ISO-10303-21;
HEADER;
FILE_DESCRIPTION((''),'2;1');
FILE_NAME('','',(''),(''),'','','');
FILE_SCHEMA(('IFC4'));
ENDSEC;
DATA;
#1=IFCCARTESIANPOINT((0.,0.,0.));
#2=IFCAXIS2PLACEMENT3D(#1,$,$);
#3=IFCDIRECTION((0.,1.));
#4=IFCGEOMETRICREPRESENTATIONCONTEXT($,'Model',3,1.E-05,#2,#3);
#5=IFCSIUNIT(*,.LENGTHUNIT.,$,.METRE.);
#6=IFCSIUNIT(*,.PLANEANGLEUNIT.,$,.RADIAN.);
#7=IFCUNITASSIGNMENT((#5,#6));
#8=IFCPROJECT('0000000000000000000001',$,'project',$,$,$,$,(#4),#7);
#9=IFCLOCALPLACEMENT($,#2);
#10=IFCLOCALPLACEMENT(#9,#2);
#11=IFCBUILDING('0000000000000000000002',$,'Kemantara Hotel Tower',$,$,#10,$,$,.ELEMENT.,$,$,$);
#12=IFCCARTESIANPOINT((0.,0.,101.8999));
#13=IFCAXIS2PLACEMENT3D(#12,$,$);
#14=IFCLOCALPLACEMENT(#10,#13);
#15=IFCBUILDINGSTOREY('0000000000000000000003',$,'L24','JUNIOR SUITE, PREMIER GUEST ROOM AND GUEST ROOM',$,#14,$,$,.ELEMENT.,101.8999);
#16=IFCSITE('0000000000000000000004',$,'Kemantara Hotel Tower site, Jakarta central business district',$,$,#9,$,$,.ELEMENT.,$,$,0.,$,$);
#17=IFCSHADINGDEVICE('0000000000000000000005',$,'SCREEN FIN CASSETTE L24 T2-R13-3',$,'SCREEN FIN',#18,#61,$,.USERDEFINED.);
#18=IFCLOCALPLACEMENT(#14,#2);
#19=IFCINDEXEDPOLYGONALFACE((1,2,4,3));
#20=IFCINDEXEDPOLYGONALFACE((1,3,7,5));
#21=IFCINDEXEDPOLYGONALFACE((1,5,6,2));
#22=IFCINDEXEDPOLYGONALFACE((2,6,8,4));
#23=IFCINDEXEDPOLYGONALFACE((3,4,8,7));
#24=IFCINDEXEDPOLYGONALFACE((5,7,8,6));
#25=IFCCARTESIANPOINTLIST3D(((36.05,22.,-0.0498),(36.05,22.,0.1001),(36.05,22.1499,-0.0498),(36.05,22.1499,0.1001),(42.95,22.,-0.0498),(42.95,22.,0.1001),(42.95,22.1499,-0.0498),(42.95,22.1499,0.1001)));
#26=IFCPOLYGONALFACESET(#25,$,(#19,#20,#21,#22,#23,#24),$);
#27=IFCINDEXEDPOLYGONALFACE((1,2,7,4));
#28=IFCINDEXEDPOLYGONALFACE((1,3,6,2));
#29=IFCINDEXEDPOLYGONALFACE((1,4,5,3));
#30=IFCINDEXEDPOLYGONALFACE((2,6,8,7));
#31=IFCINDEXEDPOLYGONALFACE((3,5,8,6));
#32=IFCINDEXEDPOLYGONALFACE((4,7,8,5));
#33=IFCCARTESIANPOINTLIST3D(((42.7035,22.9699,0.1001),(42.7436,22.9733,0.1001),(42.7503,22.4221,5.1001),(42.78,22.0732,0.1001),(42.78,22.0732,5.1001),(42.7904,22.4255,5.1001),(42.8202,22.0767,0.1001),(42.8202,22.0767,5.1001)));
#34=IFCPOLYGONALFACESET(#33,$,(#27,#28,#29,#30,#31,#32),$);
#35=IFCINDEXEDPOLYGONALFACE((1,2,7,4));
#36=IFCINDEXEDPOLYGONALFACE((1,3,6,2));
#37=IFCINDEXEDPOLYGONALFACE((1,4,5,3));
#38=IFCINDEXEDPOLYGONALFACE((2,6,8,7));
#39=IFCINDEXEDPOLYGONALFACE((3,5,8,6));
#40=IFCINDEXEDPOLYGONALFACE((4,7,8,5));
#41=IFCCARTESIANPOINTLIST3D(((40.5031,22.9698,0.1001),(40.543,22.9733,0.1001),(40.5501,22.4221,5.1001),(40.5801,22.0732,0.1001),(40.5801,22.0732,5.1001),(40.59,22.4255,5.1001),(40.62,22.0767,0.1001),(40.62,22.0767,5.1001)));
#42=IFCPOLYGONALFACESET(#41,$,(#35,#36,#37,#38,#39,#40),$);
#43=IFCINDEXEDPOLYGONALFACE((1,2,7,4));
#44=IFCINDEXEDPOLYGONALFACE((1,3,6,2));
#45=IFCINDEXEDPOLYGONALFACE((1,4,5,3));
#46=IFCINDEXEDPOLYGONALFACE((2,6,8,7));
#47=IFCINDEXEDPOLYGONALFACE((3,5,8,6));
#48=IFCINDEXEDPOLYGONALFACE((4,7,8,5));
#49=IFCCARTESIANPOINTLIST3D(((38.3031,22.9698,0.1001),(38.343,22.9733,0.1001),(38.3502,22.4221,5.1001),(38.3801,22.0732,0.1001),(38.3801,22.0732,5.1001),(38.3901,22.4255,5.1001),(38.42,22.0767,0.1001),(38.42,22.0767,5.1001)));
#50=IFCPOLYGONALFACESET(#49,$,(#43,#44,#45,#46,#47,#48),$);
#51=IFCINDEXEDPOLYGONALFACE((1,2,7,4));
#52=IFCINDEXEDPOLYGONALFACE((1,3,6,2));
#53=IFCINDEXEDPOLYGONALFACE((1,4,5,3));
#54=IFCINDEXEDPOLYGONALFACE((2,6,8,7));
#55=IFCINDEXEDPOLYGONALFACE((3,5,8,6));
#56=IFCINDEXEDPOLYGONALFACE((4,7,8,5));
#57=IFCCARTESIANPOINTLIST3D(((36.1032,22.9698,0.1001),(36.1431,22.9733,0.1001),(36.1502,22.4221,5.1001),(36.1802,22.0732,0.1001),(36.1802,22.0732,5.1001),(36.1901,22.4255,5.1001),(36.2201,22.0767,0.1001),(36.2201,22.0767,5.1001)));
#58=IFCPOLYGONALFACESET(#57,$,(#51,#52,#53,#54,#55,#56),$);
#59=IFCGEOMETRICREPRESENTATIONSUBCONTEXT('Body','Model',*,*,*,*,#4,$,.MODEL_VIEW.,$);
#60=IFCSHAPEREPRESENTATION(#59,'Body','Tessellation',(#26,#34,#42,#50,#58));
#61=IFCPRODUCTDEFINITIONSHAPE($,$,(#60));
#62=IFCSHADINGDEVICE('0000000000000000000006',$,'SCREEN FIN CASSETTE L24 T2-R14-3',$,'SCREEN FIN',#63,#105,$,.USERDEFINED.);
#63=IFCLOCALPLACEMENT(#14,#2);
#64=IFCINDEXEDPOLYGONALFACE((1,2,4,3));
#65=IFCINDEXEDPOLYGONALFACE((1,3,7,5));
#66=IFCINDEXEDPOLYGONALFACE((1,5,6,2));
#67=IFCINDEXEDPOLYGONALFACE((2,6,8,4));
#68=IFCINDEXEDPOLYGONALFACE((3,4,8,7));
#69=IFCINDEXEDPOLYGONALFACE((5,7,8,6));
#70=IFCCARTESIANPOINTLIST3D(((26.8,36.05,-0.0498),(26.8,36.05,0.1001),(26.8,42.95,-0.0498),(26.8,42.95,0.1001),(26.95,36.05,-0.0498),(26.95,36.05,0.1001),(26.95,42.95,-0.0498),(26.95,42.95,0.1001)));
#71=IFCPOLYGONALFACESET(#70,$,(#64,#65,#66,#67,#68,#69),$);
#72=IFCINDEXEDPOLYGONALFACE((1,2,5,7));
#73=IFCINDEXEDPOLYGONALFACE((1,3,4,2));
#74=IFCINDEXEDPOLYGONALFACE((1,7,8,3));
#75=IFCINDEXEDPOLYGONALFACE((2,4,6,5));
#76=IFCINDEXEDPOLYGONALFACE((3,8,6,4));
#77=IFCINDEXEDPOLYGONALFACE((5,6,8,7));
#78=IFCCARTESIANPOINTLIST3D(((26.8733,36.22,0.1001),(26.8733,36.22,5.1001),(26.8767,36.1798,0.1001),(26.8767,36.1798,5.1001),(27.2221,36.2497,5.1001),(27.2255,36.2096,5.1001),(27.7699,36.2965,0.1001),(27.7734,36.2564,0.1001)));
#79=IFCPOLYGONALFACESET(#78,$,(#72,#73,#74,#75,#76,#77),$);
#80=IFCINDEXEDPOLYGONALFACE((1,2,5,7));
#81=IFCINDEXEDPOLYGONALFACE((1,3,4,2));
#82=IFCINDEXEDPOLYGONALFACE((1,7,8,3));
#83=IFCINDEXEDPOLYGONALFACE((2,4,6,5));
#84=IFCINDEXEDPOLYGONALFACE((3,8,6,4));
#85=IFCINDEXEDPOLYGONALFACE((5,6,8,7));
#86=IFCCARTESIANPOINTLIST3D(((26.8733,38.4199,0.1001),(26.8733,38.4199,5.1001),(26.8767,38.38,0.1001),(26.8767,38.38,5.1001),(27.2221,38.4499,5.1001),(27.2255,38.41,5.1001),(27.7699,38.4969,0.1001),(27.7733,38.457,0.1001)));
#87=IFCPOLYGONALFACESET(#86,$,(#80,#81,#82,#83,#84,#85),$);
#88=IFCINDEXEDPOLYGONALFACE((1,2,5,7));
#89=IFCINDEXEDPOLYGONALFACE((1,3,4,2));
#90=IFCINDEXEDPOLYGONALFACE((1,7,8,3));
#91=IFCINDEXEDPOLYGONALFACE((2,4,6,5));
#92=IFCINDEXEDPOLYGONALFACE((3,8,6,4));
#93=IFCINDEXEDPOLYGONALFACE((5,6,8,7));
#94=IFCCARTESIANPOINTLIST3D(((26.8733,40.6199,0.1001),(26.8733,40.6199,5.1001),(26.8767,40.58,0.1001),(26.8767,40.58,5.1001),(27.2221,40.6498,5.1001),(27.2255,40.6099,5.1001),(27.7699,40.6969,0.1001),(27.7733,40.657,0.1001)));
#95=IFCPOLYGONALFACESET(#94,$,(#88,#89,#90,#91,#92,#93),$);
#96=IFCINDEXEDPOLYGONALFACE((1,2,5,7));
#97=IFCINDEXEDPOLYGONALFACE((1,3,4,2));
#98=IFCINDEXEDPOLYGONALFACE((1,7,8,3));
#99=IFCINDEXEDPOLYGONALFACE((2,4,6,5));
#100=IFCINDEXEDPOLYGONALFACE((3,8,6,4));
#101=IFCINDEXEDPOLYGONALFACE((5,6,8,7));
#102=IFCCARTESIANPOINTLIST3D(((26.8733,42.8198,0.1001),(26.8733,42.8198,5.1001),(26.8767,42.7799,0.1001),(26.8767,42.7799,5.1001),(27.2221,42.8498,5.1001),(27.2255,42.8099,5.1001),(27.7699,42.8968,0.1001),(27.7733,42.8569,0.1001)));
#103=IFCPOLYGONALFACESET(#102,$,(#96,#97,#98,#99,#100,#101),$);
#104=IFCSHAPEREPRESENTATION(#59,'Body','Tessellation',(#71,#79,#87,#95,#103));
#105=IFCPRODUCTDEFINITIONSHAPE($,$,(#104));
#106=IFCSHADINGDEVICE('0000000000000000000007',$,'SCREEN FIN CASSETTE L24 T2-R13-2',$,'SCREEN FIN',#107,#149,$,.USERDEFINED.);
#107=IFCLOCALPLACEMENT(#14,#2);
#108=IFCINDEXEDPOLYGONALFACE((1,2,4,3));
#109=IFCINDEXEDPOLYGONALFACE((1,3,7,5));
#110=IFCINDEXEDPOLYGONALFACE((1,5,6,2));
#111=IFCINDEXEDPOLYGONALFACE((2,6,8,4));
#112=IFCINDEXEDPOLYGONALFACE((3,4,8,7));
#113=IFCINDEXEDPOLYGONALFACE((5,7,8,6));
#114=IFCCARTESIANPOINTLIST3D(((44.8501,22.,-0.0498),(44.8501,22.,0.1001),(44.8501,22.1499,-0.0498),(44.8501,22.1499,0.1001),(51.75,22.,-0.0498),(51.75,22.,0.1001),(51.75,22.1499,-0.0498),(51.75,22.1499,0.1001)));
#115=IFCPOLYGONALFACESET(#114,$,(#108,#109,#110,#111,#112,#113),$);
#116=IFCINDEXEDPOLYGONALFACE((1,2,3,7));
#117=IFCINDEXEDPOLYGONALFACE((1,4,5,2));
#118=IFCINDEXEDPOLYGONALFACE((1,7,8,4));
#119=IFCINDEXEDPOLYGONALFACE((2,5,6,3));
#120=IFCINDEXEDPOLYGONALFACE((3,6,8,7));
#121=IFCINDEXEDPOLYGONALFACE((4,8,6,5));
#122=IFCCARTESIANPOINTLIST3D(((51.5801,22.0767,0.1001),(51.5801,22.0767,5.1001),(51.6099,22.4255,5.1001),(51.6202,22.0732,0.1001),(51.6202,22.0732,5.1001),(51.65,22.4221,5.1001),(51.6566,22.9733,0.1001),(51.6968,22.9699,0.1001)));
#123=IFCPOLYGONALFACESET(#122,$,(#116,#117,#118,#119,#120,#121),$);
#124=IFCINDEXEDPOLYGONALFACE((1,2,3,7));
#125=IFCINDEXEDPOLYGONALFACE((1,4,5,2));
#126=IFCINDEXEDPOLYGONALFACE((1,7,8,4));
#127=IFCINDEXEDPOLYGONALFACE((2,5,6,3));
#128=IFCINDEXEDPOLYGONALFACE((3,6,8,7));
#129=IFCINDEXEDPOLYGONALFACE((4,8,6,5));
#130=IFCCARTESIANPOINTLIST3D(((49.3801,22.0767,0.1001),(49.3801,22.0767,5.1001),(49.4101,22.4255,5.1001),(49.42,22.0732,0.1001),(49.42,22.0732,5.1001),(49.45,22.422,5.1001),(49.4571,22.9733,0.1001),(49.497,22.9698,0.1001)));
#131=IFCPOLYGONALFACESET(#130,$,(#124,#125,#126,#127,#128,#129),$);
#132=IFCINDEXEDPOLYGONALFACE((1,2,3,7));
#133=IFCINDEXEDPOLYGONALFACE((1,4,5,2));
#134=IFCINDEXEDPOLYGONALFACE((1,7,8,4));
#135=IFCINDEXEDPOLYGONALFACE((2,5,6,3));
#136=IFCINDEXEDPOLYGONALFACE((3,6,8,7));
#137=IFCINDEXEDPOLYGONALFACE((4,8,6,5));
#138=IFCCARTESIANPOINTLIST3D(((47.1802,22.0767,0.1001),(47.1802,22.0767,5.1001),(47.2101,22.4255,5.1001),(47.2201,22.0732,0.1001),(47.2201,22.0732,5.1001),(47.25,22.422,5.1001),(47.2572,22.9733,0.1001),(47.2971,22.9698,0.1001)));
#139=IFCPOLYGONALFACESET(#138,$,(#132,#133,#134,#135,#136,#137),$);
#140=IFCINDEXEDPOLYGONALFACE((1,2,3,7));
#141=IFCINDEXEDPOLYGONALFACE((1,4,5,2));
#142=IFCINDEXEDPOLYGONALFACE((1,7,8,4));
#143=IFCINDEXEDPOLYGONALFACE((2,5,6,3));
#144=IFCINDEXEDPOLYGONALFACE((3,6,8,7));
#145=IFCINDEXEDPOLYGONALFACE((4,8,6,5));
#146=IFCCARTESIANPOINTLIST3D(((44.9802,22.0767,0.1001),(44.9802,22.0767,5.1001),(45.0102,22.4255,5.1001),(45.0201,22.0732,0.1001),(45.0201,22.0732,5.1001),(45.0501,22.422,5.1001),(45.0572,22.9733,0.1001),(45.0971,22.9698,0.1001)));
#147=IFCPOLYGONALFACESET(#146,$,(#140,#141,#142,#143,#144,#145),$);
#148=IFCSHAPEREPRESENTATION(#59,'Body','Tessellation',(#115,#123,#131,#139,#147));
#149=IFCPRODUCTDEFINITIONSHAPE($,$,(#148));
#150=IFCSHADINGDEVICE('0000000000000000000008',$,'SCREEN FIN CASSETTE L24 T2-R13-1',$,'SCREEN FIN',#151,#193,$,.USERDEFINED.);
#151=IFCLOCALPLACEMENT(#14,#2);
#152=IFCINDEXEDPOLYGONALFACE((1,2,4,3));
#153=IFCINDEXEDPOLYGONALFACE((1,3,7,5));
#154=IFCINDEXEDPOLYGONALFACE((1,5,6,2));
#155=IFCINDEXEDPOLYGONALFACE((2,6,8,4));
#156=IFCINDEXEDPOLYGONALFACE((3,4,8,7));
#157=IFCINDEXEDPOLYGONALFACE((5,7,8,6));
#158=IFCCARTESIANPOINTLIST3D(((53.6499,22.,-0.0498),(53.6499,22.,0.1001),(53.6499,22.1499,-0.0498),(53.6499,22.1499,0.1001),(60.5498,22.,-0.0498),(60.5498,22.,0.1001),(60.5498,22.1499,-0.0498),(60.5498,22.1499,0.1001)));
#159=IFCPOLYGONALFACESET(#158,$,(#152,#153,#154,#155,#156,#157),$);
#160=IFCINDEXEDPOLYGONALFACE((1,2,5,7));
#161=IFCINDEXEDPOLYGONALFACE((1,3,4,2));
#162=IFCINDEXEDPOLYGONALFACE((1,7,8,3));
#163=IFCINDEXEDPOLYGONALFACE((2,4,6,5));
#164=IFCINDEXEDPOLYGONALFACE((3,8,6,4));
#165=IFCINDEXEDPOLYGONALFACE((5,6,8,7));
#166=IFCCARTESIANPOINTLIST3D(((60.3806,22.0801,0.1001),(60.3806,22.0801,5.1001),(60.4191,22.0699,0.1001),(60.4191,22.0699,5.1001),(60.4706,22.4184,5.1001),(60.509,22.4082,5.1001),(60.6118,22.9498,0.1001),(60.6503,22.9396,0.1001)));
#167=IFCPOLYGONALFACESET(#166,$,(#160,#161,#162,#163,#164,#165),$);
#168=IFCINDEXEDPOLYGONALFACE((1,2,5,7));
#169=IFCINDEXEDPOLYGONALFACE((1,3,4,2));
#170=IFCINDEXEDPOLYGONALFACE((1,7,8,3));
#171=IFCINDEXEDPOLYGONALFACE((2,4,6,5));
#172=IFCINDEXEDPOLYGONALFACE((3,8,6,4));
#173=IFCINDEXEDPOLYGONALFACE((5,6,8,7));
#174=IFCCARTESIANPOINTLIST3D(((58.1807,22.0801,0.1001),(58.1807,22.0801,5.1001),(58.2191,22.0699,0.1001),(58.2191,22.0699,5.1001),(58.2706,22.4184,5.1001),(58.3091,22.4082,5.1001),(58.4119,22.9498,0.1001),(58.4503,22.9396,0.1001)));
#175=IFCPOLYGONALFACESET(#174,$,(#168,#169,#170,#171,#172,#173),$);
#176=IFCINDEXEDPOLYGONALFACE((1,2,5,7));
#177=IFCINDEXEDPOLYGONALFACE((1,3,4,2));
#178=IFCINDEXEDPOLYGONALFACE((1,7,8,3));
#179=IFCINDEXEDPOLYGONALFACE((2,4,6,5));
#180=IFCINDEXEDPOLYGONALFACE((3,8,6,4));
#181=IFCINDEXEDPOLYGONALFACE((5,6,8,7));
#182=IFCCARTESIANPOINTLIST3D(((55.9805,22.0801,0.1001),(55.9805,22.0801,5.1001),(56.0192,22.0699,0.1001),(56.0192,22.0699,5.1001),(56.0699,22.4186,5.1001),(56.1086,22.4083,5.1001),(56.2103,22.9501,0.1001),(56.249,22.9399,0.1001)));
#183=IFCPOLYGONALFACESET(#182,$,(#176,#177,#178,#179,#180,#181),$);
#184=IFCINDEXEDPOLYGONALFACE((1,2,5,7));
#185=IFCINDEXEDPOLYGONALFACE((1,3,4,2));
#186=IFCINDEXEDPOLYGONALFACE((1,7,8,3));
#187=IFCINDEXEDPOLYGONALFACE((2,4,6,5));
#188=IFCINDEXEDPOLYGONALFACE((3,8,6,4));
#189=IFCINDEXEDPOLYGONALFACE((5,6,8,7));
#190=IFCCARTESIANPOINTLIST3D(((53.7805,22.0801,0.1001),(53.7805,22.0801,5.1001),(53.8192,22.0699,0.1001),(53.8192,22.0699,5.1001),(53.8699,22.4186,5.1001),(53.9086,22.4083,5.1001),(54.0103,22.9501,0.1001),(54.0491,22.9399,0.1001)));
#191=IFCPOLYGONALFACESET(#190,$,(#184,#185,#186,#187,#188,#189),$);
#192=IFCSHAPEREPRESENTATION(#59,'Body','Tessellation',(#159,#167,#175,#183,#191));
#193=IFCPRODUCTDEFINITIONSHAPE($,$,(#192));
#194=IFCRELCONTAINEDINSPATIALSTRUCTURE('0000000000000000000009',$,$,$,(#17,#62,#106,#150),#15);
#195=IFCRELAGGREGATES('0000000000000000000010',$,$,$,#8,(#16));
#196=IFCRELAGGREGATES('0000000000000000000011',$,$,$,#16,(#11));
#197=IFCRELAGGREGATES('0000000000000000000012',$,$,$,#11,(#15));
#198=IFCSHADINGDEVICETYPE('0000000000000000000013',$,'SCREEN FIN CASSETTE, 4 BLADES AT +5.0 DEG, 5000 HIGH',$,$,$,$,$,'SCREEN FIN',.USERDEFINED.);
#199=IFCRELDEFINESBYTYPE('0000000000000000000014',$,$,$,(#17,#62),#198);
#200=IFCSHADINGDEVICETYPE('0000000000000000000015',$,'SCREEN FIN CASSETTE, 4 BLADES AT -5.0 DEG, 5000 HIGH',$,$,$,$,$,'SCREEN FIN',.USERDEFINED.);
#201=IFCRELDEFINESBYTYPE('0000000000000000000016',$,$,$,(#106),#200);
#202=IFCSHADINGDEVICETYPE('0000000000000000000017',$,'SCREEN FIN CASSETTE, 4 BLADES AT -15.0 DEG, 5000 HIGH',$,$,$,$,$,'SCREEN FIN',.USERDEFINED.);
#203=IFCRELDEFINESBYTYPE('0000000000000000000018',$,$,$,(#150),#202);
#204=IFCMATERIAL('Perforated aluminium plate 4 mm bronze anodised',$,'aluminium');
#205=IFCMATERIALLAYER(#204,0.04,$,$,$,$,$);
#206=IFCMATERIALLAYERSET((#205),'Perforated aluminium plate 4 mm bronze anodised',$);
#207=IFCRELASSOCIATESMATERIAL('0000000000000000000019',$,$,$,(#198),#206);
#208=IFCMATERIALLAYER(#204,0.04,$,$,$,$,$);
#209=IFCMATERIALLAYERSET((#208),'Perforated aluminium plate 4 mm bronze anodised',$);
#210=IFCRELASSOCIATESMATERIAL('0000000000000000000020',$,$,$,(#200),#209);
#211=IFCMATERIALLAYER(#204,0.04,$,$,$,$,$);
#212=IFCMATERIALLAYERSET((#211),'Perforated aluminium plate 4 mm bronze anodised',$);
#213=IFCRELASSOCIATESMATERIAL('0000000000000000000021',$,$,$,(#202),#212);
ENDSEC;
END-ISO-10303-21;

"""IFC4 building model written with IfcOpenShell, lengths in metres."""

from ifc_helpers import new_model, si_unit, direction, frame, origin, origin_2d, place, context, subcontext, project, spatial, polyline, rectangle, outline, extrude, source, transform, mapped, material, layer, layer_set, type_object, element, save


model = new_model("IFC4")

# Units and contexts
model_context = context("Model", 3, precision=1e-05, world=origin(), true_north=direction((0.0, 1.0)))
body_context = subcontext(model_context, "Body", "Model", "MODEL_VIEW")
ifc_project = project(units=[si_unit("LENGTHUNIT", "METRE"), si_unit("PLANEANGLEUNIT", "RADIAN")], contexts=[model_context])

# Site, building, storey
site_placement = place(None, origin())
site = spatial("IfcSite", under=ifc_project, at=site_placement, Name="Kemantara Hotel Tower site, Jakarta central business district", CompositionType="ELEMENT", RefElevation=0.0)
building_placement = place(site_placement, origin())
building = spatial("IfcBuilding", under=site, at=building_placement, Name="Kemantara Hotel Tower", CompositionType="ELEMENT")
storey_placement = place(building_placement, frame((0.0, 0.0, 101.8999)))
storey = spatial("IfcBuildingStorey", under=building, at=storey_placement, Name="L24", Description="JUNIOR SUITE, PREMIER GUEST ROOM AND GUEST ROOM", CompositionType="ELEMENT", Elevation=101.8999)

# Shading devices
ifc_material_1 = material(Name="Perforated aluminium plate 4 mm bronze anodised", Category="aluminium")
ifc_layer_1 = layer(ifc_material_1, 0.04)
ifc_layer_set_1 = layer_set([ifc_layer_1], Name="Perforated aluminium plate 4 mm bronze anodised")
shading_device_type_1 = type_object("IfcShadingDeviceType", Name="SCREEN FIN CASSETTE, 4 BLADES AT +5.0 DEG, 5000 HIGH", ElementType="SCREEN FIN", PredefinedType="USERDEFINED", material=ifc_layer_set_1)
shared_shape_1 = source(origin(), body_context, "Body", "SweptSolid", [
    extrude(rectangle(XDim=6.8999, YDim=0.1499, at=origin_2d()), frame((3.3, -0.075, -0.1499), z_axis=(0.0, 0.0, 1.0), x_axis=(1.0, 0.0, 0.0)), (0.0, 0.0, 1.0), 0.1499),
    extrude(outline(polyline([(0.0, 0.0), (0.8999, 0.0), (0.3501, 5.0), (0.0, 5.0), (0.0, 0.0)])), frame((0.02, -0.0732, 0.0), z_axis=(-0.996376, -0.085056, 0.0), x_axis=(0.085056, -0.996376, 0.0)), (0.0, 0.0, 1.0), 0.0403),
    extrude(outline(polyline([(0.0, 0.0), (0.8999, 0.0), (0.3501, 5.0), (0.0, 5.0), (0.0, 0.0)])), frame((2.22, -0.0732, 0.0), z_axis=(-0.996332, -0.085575, 0.0), x_axis=(0.085575, -0.996332, 0.0)), (0.0, 0.0, 1.0), 0.04),
    extrude(outline(polyline([(0.0, 0.0), (0.8999, 0.0), (0.3501, 5.0), (0.0, 5.0), (0.0, 0.0)])), frame((4.4199, -0.0732, 0.0), z_axis=(-0.996332, -0.085575, 0.0), x_axis=(0.085575, -0.996332, 0.0)), (0.0, 0.0, 1.0), 0.04),
    extrude(outline(polyline([(0.0, 0.0), (0.8999, 0.0), (0.3501, 5.0), (0.0, 5.0), (0.0, 0.0)])), frame((6.6199, -0.0732, 0.0), z_axis=(-0.996332, -0.085575, 0.0), x_axis=(0.085575, -0.996332, 0.0)), (0.0, 0.0, 1.0), 0.04),
])
for number, where, z_axis, x_axis, name in (
    (1, (42.8, 22.0, 0.1001), (0.0, 0.0, 1.0), (-1.0, 0.0, 0.0), "SCREEN FIN CASSETTE L24 T2-R13-3"),
    (2, (26.8, 36.2, 0.1001), (0.0, 0.0, 1.0), (0.0, 1.0, 0.0), "SCREEN FIN CASSETTE L24 T2-R14-3"),
):
    element("IfcShadingDevice", number, at=place(storey_placement, frame(where, z_axis=z_axis, x_axis=x_axis)), inside=storey, type_object=shading_device_type_1, Name=name, ObjectType="SCREEN FIN", PredefinedType="USERDEFINED", context=body_context, shape_type="MappedRepresentation", body=[
        mapped(shared_shape_1, transform((0.0, 0.0, 0.0))),
    ])
ifc_layer_2 = layer(ifc_material_1, 0.04)
ifc_layer_set_2 = layer_set([ifc_layer_2], Name="Perforated aluminium plate 4 mm bronze anodised")
shading_device_type_2 = type_object("IfcShadingDeviceType", Name="SCREEN FIN CASSETTE, 4 BLADES AT -5.0 DEG, 5000 HIGH", ElementType="SCREEN FIN", PredefinedType="USERDEFINED", material=ifc_layer_set_2)
shared_shape_2 = source(origin(), body_context, "Body", "SweptSolid", [
    extrude(rectangle(XDim=6.8999, YDim=0.1499, at=origin_2d()), frame((3.3, -0.075, -0.1499), z_axis=(0.0, 0.0, 1.0), x_axis=(1.0, 0.0, 0.0)), (0.0, 0.0, 1.0), 0.1499),
    extrude(outline(polyline([(0.0, 0.0), (0.8999, 0.0), (0.3501, 5.0), (0.0, 5.0), (0.0, 0.0)])), frame((0.02, -0.0767, 0.0), z_axis=(-0.996376, 0.085056, 0.0), x_axis=(-0.085056, -0.996376, 0.0)), (0.0, 0.0, 1.0), 0.0403),
    extrude(outline(polyline([(0.0, 0.0), (0.8999, 0.0), (0.3501, 5.0), (0.0, 5.0), (0.0, 0.0)])), frame((2.22, -0.0767, 0.0), z_axis=(-0.996332, 0.085575, 0.0), x_axis=(-0.085575, -0.996332, 0.0)), (0.0, 0.0, 1.0), 0.04),
    extrude(outline(polyline([(0.0, 0.0), (0.8999, 0.0), (0.3501, 5.0), (0.0, 5.0), (0.0, 0.0)])), frame((4.4199, -0.0767, 0.0), z_axis=(-0.996332, 0.085575, 0.0), x_axis=(-0.085575, -0.996332, 0.0)), (0.0, 0.0, 1.0), 0.04),
    extrude(outline(polyline([(0.0, 0.0), (0.8999, 0.0), (0.3501, 5.0), (0.0, 5.0), (0.0, 0.0)])), frame((6.6199, -0.0767, 0.0), z_axis=(-0.996332, 0.085575, 0.0), x_axis=(-0.085575, -0.996332, 0.0)), (0.0, 0.0, 1.0), 0.04),
])
shading_device_1_placement = place(storey_placement, frame((51.6001, 22.0, 0.1001), z_axis=(0.0, 0.0, 1.0), x_axis=(-1.0, 0.0, 0.0)))
element("IfcShadingDevice", 3, at=shading_device_1_placement, inside=storey, type_object=shading_device_type_2, Name="SCREEN FIN CASSETTE L24 T2-R13-2", ObjectType="SCREEN FIN", PredefinedType="USERDEFINED", context=body_context, shape_type="MappedRepresentation", body=[
    mapped(shared_shape_2, transform((0.0, 0.0, 0.0))),
])
ifc_layer_3 = layer(ifc_material_1, 0.04)
ifc_layer_set_3 = layer_set([ifc_layer_3], Name="Perforated aluminium plate 4 mm bronze anodised")
shading_device_type_3 = type_object("IfcShadingDeviceType", Name="SCREEN FIN CASSETTE, 4 BLADES AT -15.0 DEG, 5000 HIGH", ElementType="SCREEN FIN", PredefinedType="USERDEFINED", material=ifc_layer_set_3)
shared_shape_3 = source(origin(), body_context, "Body", "SweptSolid", [
    extrude(rectangle(XDim=6.8999, YDim=0.1499, at=origin_2d()), frame((3.3, -0.075, -0.1499), z_axis=(0.0, 0.0, 1.0), x_axis=(1.0, 0.0, 0.0)), (0.0, 0.0, 1.0), 0.1499),
    extrude(outline(polyline([(0.0, 0.0), (0.8999, 0.0), (0.3501, 5.0), (0.0, 5.0), (0.0, 0.0)])), frame((0.0193, -0.0801, 0.0), z_axis=(-0.966438, 0.256901, 0.0), x_axis=(-0.256901, -0.966438, 0.0)), (0.0, 0.0, 1.0), 0.0398),
    extrude(outline(polyline([(0.0, 0.0), (0.8999, 0.0), (0.3501, 5.0), (0.0, 5.0), (0.0, 0.0)])), frame((2.2192, -0.0801, 0.0), z_axis=(-0.966438, 0.256901, 0.0), x_axis=(-0.256901, -0.966438, 0.0)), (0.0, 0.0, 1.0), 0.0398),
    extrude(outline(polyline([(0.0, 0.0), (0.8999, 0.0), (0.3501, 5.0), (0.0, 5.0), (0.0, 0.0)])), frame((4.4194, -0.0801, 0.0), z_axis=(-0.966838, 0.255391, 0.0), x_axis=(-0.255391, -0.966838, 0.0)), (0.0, 0.0, 1.0), 0.04),
    extrude(outline(polyline([(0.0, 0.0), (0.8999, 0.0), (0.3501, 5.0), (0.0, 5.0), (0.0, 0.0)])), frame((6.6194, -0.0801, 0.0), z_axis=(-0.966838, 0.255391, 0.0), x_axis=(-0.255391, -0.966838, 0.0)), (0.0, 0.0, 1.0), 0.04),
])
shading_device_2_placement = place(storey_placement, frame((60.3999, 22.0, 0.1001), z_axis=(0.0, 0.0, 1.0), x_axis=(-1.0, 0.0, 0.0)))
element("IfcShadingDevice", 4, at=shading_device_2_placement, inside=storey, type_object=shading_device_type_3, Name="SCREEN FIN CASSETTE L24 T2-R13-1", ObjectType="SCREEN FIN", PredefinedType="USERDEFINED", context=body_context, shape_type="MappedRepresentation", body=[
    mapped(shared_shape_3, transform((0.0, 0.0, 0.0))),
])

save(model, "model.ifc")
